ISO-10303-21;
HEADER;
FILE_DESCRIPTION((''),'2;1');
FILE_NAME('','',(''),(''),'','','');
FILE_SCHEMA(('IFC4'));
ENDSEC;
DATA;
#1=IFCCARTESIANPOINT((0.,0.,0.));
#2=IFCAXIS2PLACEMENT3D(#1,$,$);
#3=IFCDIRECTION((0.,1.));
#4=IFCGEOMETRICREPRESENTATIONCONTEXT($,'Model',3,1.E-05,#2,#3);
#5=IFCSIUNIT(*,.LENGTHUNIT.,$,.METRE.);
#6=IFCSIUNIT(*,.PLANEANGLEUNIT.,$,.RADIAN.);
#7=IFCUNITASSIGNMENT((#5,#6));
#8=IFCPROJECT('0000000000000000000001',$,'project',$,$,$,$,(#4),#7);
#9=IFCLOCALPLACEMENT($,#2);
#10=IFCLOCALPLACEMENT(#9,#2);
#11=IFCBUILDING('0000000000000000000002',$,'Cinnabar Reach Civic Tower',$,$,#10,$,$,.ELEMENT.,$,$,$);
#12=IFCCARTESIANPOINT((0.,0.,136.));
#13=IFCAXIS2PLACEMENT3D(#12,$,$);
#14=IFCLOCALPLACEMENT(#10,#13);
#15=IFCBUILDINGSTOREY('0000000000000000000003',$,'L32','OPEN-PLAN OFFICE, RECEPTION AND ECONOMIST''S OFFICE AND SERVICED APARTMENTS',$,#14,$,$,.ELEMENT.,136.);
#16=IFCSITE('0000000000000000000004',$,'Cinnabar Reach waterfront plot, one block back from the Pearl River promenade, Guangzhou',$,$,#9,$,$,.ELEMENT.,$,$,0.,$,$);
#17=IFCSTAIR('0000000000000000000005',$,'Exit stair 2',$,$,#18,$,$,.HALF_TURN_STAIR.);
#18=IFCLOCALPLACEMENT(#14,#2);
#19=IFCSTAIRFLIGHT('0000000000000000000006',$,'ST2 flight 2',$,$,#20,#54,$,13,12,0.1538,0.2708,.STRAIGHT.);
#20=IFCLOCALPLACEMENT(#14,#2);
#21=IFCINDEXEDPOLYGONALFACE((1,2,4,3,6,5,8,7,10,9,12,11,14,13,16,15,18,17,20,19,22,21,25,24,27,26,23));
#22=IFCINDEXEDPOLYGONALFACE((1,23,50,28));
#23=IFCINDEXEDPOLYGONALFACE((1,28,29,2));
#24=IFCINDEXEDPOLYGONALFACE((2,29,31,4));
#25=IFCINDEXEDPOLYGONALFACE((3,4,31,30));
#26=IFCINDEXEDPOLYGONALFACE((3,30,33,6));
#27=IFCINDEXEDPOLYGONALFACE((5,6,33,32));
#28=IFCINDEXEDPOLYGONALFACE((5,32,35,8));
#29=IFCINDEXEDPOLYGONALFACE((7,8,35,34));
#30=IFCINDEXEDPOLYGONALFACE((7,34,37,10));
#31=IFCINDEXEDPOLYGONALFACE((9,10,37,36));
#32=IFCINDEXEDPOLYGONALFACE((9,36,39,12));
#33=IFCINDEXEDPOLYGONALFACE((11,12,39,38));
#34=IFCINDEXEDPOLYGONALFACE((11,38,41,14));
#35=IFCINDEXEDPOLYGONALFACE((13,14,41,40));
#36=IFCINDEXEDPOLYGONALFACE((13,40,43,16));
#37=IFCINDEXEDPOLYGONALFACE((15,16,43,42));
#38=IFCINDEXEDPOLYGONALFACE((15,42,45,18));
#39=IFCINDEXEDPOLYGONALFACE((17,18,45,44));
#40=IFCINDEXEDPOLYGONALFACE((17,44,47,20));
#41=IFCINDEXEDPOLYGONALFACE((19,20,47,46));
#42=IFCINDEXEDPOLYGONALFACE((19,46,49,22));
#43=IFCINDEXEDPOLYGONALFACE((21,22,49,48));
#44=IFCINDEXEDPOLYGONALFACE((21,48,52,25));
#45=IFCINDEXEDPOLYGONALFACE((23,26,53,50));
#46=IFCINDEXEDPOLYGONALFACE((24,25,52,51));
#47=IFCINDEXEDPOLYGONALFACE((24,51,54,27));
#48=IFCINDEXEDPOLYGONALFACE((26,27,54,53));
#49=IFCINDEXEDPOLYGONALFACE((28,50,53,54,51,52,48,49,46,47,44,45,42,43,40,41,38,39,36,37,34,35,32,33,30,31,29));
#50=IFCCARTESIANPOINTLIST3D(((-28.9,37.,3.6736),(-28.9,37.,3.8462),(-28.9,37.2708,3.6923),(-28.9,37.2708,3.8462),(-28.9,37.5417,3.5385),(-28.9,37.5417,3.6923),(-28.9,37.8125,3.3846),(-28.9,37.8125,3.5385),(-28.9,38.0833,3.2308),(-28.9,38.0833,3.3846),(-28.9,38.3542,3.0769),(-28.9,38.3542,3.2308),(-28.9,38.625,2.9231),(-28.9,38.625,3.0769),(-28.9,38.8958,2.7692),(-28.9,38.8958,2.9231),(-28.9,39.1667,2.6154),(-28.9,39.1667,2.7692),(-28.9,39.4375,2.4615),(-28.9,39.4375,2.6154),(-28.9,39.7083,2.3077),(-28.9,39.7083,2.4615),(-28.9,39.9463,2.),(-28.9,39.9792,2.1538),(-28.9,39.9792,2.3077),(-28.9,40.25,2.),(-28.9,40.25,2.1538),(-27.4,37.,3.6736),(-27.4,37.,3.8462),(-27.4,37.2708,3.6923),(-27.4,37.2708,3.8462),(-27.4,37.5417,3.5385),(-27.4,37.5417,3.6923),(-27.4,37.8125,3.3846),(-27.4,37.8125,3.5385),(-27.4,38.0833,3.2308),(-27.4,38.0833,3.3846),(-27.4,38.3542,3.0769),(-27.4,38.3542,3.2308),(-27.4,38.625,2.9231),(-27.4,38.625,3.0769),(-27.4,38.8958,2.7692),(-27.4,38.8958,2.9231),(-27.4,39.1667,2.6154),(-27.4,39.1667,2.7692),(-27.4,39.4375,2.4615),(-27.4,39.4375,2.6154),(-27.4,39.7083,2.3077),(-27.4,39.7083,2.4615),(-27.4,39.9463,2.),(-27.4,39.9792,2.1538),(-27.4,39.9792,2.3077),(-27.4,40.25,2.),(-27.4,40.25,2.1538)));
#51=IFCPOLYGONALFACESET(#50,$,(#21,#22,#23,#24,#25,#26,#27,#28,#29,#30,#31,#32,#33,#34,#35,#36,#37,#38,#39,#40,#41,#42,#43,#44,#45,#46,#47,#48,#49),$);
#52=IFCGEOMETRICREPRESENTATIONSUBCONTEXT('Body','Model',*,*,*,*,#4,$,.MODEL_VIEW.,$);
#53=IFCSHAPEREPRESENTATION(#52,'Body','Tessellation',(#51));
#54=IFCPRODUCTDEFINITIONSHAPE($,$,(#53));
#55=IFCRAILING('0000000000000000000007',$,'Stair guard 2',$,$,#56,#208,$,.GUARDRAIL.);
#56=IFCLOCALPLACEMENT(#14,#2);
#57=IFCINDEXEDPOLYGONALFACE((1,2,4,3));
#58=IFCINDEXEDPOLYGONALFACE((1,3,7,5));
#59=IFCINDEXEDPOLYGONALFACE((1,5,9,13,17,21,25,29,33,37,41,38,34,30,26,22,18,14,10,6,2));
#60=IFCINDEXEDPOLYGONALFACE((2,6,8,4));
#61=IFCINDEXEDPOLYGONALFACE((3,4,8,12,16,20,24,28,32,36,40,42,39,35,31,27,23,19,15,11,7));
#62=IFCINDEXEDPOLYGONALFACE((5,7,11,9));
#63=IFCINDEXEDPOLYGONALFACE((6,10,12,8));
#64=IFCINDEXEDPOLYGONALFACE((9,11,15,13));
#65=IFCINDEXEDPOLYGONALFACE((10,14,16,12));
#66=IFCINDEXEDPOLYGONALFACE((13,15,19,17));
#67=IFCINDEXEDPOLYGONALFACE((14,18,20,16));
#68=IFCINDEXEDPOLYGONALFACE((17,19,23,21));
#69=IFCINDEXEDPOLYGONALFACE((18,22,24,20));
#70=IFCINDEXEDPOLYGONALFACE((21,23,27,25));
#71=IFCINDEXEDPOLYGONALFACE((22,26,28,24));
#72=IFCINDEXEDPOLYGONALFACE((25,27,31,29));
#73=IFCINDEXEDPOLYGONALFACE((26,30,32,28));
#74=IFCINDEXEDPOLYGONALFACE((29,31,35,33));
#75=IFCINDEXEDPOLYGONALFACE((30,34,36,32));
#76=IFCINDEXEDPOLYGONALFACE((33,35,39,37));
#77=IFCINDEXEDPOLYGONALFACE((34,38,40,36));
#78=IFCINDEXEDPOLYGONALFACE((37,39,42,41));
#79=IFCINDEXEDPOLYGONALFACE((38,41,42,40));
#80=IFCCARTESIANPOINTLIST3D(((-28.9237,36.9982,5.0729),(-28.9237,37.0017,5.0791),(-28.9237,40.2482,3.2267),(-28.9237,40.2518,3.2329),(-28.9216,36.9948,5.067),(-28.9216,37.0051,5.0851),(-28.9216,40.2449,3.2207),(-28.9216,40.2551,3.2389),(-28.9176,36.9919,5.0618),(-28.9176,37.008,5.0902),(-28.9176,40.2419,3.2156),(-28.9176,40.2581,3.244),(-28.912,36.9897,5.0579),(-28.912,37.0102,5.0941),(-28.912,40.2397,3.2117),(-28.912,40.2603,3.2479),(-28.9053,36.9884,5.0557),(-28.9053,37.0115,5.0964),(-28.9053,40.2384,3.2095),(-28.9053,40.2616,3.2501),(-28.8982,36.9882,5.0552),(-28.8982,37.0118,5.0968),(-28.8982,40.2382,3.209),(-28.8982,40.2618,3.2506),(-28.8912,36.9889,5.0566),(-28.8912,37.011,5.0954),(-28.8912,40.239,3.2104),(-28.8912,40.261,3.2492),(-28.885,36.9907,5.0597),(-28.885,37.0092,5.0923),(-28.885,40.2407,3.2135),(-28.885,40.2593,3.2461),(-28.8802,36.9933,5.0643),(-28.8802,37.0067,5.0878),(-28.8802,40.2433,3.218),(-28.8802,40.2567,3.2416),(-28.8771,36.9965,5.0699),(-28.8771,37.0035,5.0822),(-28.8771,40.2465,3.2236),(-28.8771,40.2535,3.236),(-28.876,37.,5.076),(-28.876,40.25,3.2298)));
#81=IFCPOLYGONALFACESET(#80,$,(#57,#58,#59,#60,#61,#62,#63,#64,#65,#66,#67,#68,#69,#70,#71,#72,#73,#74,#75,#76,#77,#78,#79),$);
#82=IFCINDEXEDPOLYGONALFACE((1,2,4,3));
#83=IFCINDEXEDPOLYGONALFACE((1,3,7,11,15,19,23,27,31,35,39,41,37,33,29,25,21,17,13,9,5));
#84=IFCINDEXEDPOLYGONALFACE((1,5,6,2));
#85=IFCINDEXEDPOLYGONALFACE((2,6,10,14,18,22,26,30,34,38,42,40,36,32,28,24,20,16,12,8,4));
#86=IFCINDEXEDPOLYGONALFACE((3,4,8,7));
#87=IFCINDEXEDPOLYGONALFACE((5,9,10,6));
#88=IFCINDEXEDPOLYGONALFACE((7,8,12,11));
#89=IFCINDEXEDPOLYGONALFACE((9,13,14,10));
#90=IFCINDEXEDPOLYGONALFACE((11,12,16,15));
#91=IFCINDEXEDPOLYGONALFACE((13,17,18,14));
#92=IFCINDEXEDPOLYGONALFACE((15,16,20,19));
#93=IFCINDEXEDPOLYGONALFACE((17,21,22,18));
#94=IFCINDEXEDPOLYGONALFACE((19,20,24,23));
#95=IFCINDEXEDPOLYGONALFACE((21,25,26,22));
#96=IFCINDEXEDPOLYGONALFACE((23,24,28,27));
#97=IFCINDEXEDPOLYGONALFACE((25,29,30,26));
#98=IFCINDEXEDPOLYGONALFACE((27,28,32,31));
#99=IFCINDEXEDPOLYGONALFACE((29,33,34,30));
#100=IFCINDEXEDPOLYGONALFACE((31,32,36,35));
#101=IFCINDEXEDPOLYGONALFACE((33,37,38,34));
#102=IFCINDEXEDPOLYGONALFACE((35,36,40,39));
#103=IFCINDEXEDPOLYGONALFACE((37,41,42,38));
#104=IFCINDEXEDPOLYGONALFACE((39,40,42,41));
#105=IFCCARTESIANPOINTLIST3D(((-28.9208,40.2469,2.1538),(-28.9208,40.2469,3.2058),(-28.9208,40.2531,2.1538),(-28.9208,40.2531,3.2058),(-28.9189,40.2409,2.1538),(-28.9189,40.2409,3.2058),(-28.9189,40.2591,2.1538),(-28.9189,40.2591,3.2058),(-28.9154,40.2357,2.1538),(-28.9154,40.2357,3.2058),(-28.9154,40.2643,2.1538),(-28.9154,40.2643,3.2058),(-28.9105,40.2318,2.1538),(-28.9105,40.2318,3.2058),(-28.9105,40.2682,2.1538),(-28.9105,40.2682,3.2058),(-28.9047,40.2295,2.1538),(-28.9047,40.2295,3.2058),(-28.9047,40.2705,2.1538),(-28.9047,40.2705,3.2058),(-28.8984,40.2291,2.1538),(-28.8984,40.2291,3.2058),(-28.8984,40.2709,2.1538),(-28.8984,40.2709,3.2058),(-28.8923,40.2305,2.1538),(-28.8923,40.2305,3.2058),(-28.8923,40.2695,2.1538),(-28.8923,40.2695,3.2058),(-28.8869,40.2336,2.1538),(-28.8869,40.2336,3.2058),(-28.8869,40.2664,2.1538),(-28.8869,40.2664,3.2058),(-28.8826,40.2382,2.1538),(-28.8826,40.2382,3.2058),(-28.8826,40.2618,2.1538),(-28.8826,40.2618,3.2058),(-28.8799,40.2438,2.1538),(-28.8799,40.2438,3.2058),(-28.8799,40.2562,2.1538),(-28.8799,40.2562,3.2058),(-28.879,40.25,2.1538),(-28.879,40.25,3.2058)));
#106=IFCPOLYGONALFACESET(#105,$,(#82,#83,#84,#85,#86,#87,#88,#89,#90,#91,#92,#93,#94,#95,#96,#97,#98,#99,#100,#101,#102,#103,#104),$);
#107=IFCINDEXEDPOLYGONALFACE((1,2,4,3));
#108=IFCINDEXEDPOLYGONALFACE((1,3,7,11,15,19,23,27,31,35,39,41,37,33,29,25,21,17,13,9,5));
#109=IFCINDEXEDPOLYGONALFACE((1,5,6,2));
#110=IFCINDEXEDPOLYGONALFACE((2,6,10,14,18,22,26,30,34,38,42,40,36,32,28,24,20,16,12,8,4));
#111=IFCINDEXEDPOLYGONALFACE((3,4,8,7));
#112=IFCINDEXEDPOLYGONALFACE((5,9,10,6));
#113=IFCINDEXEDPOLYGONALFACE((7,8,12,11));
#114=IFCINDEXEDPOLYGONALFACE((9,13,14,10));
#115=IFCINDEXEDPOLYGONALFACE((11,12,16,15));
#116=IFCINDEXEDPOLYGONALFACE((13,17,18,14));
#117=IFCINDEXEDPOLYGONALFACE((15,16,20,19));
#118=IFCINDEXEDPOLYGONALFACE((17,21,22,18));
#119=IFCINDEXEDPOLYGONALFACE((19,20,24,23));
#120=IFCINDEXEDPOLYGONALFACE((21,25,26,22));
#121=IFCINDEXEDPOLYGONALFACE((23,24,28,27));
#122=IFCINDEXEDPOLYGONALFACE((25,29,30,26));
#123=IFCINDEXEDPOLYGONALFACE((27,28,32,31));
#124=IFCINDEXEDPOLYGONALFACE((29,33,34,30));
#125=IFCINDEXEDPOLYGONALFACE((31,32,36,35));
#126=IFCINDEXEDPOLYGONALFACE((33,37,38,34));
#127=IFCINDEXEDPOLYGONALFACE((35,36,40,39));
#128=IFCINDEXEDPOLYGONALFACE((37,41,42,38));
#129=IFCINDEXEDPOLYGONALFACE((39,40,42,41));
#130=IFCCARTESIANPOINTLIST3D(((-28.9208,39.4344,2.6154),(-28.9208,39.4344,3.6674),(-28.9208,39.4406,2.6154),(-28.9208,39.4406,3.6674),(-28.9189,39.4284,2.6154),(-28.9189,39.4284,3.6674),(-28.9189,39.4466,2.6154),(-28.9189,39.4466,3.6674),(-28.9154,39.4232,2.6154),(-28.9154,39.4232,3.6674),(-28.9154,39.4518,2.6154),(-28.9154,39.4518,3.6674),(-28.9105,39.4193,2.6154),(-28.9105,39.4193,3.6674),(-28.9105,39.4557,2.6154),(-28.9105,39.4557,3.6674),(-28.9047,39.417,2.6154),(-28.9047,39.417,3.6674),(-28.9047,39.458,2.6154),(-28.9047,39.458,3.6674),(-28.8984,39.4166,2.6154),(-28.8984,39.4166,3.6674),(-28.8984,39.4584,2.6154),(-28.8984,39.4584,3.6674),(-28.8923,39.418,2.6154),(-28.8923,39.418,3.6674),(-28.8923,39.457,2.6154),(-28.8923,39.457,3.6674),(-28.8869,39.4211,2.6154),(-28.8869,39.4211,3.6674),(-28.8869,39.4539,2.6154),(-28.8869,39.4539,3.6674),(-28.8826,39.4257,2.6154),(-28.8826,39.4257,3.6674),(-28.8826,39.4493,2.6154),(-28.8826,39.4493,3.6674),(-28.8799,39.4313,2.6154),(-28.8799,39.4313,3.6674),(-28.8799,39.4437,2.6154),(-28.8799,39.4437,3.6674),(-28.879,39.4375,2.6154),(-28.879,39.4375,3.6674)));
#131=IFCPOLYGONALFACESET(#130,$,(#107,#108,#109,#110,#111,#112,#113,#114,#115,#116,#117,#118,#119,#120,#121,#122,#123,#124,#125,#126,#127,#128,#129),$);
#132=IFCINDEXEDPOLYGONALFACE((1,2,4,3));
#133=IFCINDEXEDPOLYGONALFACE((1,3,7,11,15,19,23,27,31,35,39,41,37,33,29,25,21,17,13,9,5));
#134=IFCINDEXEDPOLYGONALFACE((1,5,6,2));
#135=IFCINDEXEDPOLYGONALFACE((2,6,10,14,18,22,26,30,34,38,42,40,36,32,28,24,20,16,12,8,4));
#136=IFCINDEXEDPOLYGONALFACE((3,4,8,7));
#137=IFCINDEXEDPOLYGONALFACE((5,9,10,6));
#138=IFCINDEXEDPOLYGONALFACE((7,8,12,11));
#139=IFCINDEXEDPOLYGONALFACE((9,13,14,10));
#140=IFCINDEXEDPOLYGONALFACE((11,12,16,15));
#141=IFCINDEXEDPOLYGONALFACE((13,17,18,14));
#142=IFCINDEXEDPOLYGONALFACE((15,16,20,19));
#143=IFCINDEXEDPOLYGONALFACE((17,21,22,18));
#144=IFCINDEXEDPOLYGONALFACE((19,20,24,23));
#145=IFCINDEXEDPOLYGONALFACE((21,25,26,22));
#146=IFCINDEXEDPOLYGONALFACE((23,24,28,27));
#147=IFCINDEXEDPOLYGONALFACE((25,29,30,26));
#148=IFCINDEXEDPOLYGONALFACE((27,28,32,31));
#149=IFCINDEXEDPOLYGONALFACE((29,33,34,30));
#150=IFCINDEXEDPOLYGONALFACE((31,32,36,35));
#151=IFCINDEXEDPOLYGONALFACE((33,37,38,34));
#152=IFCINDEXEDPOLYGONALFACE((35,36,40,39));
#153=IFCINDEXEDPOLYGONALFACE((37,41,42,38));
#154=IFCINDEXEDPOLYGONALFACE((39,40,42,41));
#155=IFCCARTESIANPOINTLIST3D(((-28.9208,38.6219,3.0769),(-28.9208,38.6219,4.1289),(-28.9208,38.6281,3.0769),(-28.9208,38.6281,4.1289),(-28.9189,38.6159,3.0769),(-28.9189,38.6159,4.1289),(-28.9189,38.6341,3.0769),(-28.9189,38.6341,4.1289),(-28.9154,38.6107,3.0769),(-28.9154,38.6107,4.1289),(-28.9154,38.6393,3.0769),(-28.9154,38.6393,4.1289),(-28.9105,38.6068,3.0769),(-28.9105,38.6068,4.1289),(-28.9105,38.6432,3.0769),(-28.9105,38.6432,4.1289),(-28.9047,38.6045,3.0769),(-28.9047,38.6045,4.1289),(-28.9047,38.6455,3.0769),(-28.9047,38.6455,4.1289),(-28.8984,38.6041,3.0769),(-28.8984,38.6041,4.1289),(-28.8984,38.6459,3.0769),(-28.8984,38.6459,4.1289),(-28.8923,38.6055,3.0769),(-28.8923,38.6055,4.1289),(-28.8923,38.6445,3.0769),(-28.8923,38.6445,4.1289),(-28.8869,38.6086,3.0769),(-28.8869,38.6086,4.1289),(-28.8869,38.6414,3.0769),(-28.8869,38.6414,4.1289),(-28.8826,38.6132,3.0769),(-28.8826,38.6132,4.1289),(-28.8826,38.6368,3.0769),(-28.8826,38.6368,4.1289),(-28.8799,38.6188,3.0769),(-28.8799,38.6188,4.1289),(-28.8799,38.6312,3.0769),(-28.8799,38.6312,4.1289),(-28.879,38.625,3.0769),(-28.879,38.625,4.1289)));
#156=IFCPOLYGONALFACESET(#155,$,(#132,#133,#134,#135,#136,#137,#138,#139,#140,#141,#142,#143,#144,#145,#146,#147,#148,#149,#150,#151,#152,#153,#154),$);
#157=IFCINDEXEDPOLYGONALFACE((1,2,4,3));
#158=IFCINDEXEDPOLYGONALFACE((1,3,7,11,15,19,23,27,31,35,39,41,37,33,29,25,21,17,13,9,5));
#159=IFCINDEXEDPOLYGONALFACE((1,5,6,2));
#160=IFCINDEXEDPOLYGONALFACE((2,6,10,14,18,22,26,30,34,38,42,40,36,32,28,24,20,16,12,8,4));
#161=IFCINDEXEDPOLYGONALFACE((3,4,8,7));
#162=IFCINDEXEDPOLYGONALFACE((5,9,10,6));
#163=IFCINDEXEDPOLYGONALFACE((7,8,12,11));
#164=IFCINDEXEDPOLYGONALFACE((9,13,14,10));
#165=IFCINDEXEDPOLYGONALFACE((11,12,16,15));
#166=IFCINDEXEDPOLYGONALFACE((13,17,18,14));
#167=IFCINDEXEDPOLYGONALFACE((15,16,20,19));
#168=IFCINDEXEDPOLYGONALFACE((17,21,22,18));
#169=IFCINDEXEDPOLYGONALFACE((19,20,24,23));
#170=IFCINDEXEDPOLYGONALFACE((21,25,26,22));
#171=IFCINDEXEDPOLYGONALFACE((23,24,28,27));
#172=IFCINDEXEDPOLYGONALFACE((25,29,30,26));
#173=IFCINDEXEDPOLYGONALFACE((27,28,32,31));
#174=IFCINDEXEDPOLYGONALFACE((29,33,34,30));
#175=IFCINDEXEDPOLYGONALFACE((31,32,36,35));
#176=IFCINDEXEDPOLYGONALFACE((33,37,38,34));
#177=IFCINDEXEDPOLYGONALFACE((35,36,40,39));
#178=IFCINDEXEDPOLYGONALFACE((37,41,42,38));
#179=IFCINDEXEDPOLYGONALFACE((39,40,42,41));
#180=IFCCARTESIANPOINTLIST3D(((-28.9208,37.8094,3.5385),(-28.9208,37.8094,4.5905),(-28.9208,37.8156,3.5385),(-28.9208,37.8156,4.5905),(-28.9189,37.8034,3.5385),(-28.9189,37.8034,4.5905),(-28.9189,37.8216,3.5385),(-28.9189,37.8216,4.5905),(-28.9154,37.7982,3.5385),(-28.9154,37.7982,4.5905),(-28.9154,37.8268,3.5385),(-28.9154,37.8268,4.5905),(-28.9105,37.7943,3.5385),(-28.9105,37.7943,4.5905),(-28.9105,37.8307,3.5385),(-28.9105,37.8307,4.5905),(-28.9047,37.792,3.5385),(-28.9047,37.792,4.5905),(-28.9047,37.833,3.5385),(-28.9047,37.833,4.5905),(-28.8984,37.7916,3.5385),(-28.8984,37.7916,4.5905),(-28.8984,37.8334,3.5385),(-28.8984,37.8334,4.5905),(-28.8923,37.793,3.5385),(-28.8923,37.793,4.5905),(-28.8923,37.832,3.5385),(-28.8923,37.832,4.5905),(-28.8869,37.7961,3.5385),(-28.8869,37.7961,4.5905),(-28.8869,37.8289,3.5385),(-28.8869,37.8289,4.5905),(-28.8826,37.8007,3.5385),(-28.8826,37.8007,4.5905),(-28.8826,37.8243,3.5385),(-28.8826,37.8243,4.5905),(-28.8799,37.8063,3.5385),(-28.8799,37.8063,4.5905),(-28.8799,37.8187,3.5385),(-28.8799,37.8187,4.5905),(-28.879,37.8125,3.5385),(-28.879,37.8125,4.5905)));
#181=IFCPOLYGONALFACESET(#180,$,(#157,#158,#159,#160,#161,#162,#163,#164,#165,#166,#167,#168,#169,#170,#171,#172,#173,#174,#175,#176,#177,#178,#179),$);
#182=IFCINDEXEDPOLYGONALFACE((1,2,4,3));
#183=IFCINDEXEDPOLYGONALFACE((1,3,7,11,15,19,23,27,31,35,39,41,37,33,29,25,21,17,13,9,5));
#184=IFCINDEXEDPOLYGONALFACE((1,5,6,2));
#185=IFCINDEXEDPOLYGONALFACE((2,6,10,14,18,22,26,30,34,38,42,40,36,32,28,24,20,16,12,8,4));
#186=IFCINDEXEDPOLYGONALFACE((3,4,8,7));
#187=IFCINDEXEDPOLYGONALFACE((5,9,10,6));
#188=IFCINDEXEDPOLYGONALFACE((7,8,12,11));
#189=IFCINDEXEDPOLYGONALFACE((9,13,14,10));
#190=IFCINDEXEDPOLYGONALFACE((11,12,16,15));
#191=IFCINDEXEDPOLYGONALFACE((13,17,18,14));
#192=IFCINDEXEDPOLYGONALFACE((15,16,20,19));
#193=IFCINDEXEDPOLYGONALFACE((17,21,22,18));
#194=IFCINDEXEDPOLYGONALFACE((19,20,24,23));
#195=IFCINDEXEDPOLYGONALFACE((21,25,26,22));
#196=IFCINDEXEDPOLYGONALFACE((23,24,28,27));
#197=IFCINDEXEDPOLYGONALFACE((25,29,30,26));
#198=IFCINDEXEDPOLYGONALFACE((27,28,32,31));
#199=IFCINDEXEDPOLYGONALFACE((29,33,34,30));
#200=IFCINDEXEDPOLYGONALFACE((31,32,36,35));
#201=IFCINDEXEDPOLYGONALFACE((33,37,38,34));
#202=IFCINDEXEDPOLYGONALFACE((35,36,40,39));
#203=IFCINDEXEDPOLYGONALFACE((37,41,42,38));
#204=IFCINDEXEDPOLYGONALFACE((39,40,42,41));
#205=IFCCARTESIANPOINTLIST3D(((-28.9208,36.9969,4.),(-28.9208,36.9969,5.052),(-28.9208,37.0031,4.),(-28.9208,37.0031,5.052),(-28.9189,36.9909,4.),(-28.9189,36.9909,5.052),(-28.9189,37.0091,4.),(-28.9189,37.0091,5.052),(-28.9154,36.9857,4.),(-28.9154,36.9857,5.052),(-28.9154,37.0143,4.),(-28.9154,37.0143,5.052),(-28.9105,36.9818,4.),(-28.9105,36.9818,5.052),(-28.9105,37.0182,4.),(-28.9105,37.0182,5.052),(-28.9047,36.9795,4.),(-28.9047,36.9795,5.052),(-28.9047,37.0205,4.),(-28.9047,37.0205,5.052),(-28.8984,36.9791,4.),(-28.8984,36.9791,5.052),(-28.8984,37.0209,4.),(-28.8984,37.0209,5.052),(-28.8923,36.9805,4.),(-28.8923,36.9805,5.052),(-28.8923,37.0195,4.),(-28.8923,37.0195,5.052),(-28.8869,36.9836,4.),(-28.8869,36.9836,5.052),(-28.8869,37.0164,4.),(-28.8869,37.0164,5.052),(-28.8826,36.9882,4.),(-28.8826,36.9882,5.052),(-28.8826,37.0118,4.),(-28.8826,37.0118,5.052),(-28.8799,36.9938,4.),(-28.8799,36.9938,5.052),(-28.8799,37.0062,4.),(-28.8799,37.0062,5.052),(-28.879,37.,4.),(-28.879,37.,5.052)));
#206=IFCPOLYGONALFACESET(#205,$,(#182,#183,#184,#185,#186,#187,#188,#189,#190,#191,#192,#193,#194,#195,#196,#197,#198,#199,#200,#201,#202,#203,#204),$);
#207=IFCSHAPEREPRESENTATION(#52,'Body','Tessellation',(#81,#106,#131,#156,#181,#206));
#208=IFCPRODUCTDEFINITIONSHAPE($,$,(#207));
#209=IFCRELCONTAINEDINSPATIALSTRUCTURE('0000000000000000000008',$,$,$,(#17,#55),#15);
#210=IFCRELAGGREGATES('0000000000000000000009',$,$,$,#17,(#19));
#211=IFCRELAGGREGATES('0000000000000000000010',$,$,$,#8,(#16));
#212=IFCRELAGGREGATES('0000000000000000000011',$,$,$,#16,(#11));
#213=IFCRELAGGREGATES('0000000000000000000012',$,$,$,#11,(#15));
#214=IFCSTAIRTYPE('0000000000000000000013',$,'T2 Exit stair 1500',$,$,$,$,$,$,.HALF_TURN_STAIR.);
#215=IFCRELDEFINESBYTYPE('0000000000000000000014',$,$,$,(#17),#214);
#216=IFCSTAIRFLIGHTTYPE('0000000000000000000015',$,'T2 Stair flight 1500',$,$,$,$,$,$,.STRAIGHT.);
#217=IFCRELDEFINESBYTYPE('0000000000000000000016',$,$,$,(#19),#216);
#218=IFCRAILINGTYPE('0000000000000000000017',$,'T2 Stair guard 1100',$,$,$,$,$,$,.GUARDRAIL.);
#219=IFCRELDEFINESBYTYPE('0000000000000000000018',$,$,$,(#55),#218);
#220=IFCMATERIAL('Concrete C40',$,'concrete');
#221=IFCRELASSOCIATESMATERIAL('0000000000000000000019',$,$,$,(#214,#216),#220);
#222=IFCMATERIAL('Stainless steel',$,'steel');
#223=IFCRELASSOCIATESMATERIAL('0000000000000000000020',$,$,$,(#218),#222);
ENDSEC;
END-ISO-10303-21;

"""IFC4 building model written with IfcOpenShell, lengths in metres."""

from ifc_helpers import new_model, si_unit, direction, frame, origin, origin_2d, place, context, subcontext, project, spatial, polyline, circle, outline, extrude, material, type_object, element, aggregate, save


model = new_model("IFC4")

# Units and contexts
model_context = context("Model", 3, precision=1e-05, world=origin(), true_north=direction((0.0, 1.0)))
body_context = subcontext(model_context, "Body", "Model", "MODEL_VIEW")
ifc_project = project(units=[si_unit("LENGTHUNIT", "METRE"), si_unit("PLANEANGLEUNIT", "RADIAN")], contexts=[model_context])

# Site, building, storey
site_placement = place(None, origin())
site = spatial("IfcSite", under=ifc_project, at=site_placement, Name="Cinnabar Reach waterfront plot, one block back from the Pearl River promenade, Guangzhou", CompositionType="ELEMENT", RefElevation=0.0)
building_placement = place(site_placement, origin())
building = spatial("IfcBuilding", under=site, at=building_placement, Name="Cinnabar Reach Civic Tower", CompositionType="ELEMENT")
storey_placement = place(building_placement, frame((0.0, 0.0, 136.0)))
storey = spatial("IfcBuildingStorey", under=building, at=storey_placement, Name="L32", Description="OPEN-PLAN OFFICE, RECEPTION AND ECONOMIST'S OFFICE AND SERVICED APARTMENTS", CompositionType="ELEMENT", Elevation=136.0)

# Shared definitions
ifc_material_1 = material(Name="Concrete C40", Category="concrete")

# Stair, stair flight
stair_type = type_object("IfcStairType", Name="T2 Exit stair 1500", PredefinedType="HALF_TURN_STAIR", material=ifc_material_1)
stair_placement = place(storey_placement, origin())
stair = element("IfcStair", 1, at=stair_placement, inside=storey, type_object=stair_type, Name="Exit stair 2", PredefinedType="HALF_TURN_STAIR")
stair_flight_type = type_object("IfcStairFlightType", Name="T2 Stair flight 1500", PredefinedType="STRAIGHT", material=ifc_material_1)
stair_flight_placement = place(storey_placement, frame((-28.15, 40.25, 2.0), z_axis=(0.0, 0.0, 1.0), x_axis=(0.0, -1.0, 0.0)))
stair_flight = element("IfcStairFlight", 2, at=stair_flight_placement, type_object=stair_flight_type, Name="ST2 flight 2", NumberOfRisers=13, NumberOfTreads=12, PredefinedType="STRAIGHT", RiserHeight=0.1538, TreadLength=0.2708, context=body_context, shape_type="SweptSolid", body=[
    extrude(outline(polyline([(0.0, 0.0), (0.0, 0.1538), (0.2708, 0.1538), (0.2708, 0.3077), (0.5417, 0.3077), (0.5417, 0.4615), (0.8125, 0.4615), (0.8125, 0.6154), (1.0833, 0.6154), (1.0833, 0.7692), (1.3542, 0.7692), (1.3542, 0.9231), (1.625, 0.9231), (1.625, 1.0769), (1.8958, 1.0769), (1.8958, 1.2308), (2.1667, 1.2308), (2.1667, 1.3846), (2.4375, 1.3846), (2.4375, 1.5385), (2.7083, 1.5385), (2.7083, 1.6923), (2.9792, 1.6923), (2.9792, 1.8462), (3.25, 1.8462), (3.25, 2.0), (3.25, 1.6736), (0.3037, 0.0), (0.0, 0.0)])), frame((0.0, 0.75, 0.0), z_axis=(0.0, -1.0, 0.0), x_axis=(1.0, 0.0, 0.0)), (0.0, 0.0, 1.0), 1.5),
])
aggregate(stair, [stair_flight])

# Railing
ifc_material_2 = material(Name="Stainless steel", Category="steel")
railing_type = type_object("IfcRailingType", Name="T2 Stair guard 1100", PredefinedType="GUARDRAIL", material=ifc_material_2)
railing_1_placement = place(storey_placement, frame((-28.9, 40.25, 2.1538)))
element("IfcRailing", 3, at=railing_1_placement, inside=storey, type_object=railing_type, Name="Stair guard 2", PredefinedType="GUARDRAIL", context=body_context, shape_type="SweptSolid", body=[
    extrude(circle(Radius=0.024, at=origin_2d()), frame((0.0, 0.0, 1.076), z_axis=(0.0, -0.869501, 0.49393), x_axis=(1.0, 0.0, 0.0)), (0.0, 0.0, 1.0), 3.7378),
    extrude(circle(Radius=0.021, at=origin_2d()), origin(), (0.0, 0.0, 1.0), 1.052),
    extrude(circle(Radius=0.021, at=origin_2d()), frame((0.0, -0.8125, 0.4616)), (0.0, 0.0, 1.0), 1.052),
    extrude(circle(Radius=0.021, at=origin_2d()), frame((0.0, -1.625, 0.9231)), (0.0, 0.0, 1.0), 1.052),
    extrude(circle(Radius=0.021, at=origin_2d()), frame((0.0, -2.4375, 1.3847)), (0.0, 0.0, 1.0), 1.052),
    extrude(circle(Radius=0.021, at=origin_2d()), frame((0.0, -3.25, 1.8462)), (0.0, 0.0, 1.0), 1.052),
])

save(model, "model.ifc")
